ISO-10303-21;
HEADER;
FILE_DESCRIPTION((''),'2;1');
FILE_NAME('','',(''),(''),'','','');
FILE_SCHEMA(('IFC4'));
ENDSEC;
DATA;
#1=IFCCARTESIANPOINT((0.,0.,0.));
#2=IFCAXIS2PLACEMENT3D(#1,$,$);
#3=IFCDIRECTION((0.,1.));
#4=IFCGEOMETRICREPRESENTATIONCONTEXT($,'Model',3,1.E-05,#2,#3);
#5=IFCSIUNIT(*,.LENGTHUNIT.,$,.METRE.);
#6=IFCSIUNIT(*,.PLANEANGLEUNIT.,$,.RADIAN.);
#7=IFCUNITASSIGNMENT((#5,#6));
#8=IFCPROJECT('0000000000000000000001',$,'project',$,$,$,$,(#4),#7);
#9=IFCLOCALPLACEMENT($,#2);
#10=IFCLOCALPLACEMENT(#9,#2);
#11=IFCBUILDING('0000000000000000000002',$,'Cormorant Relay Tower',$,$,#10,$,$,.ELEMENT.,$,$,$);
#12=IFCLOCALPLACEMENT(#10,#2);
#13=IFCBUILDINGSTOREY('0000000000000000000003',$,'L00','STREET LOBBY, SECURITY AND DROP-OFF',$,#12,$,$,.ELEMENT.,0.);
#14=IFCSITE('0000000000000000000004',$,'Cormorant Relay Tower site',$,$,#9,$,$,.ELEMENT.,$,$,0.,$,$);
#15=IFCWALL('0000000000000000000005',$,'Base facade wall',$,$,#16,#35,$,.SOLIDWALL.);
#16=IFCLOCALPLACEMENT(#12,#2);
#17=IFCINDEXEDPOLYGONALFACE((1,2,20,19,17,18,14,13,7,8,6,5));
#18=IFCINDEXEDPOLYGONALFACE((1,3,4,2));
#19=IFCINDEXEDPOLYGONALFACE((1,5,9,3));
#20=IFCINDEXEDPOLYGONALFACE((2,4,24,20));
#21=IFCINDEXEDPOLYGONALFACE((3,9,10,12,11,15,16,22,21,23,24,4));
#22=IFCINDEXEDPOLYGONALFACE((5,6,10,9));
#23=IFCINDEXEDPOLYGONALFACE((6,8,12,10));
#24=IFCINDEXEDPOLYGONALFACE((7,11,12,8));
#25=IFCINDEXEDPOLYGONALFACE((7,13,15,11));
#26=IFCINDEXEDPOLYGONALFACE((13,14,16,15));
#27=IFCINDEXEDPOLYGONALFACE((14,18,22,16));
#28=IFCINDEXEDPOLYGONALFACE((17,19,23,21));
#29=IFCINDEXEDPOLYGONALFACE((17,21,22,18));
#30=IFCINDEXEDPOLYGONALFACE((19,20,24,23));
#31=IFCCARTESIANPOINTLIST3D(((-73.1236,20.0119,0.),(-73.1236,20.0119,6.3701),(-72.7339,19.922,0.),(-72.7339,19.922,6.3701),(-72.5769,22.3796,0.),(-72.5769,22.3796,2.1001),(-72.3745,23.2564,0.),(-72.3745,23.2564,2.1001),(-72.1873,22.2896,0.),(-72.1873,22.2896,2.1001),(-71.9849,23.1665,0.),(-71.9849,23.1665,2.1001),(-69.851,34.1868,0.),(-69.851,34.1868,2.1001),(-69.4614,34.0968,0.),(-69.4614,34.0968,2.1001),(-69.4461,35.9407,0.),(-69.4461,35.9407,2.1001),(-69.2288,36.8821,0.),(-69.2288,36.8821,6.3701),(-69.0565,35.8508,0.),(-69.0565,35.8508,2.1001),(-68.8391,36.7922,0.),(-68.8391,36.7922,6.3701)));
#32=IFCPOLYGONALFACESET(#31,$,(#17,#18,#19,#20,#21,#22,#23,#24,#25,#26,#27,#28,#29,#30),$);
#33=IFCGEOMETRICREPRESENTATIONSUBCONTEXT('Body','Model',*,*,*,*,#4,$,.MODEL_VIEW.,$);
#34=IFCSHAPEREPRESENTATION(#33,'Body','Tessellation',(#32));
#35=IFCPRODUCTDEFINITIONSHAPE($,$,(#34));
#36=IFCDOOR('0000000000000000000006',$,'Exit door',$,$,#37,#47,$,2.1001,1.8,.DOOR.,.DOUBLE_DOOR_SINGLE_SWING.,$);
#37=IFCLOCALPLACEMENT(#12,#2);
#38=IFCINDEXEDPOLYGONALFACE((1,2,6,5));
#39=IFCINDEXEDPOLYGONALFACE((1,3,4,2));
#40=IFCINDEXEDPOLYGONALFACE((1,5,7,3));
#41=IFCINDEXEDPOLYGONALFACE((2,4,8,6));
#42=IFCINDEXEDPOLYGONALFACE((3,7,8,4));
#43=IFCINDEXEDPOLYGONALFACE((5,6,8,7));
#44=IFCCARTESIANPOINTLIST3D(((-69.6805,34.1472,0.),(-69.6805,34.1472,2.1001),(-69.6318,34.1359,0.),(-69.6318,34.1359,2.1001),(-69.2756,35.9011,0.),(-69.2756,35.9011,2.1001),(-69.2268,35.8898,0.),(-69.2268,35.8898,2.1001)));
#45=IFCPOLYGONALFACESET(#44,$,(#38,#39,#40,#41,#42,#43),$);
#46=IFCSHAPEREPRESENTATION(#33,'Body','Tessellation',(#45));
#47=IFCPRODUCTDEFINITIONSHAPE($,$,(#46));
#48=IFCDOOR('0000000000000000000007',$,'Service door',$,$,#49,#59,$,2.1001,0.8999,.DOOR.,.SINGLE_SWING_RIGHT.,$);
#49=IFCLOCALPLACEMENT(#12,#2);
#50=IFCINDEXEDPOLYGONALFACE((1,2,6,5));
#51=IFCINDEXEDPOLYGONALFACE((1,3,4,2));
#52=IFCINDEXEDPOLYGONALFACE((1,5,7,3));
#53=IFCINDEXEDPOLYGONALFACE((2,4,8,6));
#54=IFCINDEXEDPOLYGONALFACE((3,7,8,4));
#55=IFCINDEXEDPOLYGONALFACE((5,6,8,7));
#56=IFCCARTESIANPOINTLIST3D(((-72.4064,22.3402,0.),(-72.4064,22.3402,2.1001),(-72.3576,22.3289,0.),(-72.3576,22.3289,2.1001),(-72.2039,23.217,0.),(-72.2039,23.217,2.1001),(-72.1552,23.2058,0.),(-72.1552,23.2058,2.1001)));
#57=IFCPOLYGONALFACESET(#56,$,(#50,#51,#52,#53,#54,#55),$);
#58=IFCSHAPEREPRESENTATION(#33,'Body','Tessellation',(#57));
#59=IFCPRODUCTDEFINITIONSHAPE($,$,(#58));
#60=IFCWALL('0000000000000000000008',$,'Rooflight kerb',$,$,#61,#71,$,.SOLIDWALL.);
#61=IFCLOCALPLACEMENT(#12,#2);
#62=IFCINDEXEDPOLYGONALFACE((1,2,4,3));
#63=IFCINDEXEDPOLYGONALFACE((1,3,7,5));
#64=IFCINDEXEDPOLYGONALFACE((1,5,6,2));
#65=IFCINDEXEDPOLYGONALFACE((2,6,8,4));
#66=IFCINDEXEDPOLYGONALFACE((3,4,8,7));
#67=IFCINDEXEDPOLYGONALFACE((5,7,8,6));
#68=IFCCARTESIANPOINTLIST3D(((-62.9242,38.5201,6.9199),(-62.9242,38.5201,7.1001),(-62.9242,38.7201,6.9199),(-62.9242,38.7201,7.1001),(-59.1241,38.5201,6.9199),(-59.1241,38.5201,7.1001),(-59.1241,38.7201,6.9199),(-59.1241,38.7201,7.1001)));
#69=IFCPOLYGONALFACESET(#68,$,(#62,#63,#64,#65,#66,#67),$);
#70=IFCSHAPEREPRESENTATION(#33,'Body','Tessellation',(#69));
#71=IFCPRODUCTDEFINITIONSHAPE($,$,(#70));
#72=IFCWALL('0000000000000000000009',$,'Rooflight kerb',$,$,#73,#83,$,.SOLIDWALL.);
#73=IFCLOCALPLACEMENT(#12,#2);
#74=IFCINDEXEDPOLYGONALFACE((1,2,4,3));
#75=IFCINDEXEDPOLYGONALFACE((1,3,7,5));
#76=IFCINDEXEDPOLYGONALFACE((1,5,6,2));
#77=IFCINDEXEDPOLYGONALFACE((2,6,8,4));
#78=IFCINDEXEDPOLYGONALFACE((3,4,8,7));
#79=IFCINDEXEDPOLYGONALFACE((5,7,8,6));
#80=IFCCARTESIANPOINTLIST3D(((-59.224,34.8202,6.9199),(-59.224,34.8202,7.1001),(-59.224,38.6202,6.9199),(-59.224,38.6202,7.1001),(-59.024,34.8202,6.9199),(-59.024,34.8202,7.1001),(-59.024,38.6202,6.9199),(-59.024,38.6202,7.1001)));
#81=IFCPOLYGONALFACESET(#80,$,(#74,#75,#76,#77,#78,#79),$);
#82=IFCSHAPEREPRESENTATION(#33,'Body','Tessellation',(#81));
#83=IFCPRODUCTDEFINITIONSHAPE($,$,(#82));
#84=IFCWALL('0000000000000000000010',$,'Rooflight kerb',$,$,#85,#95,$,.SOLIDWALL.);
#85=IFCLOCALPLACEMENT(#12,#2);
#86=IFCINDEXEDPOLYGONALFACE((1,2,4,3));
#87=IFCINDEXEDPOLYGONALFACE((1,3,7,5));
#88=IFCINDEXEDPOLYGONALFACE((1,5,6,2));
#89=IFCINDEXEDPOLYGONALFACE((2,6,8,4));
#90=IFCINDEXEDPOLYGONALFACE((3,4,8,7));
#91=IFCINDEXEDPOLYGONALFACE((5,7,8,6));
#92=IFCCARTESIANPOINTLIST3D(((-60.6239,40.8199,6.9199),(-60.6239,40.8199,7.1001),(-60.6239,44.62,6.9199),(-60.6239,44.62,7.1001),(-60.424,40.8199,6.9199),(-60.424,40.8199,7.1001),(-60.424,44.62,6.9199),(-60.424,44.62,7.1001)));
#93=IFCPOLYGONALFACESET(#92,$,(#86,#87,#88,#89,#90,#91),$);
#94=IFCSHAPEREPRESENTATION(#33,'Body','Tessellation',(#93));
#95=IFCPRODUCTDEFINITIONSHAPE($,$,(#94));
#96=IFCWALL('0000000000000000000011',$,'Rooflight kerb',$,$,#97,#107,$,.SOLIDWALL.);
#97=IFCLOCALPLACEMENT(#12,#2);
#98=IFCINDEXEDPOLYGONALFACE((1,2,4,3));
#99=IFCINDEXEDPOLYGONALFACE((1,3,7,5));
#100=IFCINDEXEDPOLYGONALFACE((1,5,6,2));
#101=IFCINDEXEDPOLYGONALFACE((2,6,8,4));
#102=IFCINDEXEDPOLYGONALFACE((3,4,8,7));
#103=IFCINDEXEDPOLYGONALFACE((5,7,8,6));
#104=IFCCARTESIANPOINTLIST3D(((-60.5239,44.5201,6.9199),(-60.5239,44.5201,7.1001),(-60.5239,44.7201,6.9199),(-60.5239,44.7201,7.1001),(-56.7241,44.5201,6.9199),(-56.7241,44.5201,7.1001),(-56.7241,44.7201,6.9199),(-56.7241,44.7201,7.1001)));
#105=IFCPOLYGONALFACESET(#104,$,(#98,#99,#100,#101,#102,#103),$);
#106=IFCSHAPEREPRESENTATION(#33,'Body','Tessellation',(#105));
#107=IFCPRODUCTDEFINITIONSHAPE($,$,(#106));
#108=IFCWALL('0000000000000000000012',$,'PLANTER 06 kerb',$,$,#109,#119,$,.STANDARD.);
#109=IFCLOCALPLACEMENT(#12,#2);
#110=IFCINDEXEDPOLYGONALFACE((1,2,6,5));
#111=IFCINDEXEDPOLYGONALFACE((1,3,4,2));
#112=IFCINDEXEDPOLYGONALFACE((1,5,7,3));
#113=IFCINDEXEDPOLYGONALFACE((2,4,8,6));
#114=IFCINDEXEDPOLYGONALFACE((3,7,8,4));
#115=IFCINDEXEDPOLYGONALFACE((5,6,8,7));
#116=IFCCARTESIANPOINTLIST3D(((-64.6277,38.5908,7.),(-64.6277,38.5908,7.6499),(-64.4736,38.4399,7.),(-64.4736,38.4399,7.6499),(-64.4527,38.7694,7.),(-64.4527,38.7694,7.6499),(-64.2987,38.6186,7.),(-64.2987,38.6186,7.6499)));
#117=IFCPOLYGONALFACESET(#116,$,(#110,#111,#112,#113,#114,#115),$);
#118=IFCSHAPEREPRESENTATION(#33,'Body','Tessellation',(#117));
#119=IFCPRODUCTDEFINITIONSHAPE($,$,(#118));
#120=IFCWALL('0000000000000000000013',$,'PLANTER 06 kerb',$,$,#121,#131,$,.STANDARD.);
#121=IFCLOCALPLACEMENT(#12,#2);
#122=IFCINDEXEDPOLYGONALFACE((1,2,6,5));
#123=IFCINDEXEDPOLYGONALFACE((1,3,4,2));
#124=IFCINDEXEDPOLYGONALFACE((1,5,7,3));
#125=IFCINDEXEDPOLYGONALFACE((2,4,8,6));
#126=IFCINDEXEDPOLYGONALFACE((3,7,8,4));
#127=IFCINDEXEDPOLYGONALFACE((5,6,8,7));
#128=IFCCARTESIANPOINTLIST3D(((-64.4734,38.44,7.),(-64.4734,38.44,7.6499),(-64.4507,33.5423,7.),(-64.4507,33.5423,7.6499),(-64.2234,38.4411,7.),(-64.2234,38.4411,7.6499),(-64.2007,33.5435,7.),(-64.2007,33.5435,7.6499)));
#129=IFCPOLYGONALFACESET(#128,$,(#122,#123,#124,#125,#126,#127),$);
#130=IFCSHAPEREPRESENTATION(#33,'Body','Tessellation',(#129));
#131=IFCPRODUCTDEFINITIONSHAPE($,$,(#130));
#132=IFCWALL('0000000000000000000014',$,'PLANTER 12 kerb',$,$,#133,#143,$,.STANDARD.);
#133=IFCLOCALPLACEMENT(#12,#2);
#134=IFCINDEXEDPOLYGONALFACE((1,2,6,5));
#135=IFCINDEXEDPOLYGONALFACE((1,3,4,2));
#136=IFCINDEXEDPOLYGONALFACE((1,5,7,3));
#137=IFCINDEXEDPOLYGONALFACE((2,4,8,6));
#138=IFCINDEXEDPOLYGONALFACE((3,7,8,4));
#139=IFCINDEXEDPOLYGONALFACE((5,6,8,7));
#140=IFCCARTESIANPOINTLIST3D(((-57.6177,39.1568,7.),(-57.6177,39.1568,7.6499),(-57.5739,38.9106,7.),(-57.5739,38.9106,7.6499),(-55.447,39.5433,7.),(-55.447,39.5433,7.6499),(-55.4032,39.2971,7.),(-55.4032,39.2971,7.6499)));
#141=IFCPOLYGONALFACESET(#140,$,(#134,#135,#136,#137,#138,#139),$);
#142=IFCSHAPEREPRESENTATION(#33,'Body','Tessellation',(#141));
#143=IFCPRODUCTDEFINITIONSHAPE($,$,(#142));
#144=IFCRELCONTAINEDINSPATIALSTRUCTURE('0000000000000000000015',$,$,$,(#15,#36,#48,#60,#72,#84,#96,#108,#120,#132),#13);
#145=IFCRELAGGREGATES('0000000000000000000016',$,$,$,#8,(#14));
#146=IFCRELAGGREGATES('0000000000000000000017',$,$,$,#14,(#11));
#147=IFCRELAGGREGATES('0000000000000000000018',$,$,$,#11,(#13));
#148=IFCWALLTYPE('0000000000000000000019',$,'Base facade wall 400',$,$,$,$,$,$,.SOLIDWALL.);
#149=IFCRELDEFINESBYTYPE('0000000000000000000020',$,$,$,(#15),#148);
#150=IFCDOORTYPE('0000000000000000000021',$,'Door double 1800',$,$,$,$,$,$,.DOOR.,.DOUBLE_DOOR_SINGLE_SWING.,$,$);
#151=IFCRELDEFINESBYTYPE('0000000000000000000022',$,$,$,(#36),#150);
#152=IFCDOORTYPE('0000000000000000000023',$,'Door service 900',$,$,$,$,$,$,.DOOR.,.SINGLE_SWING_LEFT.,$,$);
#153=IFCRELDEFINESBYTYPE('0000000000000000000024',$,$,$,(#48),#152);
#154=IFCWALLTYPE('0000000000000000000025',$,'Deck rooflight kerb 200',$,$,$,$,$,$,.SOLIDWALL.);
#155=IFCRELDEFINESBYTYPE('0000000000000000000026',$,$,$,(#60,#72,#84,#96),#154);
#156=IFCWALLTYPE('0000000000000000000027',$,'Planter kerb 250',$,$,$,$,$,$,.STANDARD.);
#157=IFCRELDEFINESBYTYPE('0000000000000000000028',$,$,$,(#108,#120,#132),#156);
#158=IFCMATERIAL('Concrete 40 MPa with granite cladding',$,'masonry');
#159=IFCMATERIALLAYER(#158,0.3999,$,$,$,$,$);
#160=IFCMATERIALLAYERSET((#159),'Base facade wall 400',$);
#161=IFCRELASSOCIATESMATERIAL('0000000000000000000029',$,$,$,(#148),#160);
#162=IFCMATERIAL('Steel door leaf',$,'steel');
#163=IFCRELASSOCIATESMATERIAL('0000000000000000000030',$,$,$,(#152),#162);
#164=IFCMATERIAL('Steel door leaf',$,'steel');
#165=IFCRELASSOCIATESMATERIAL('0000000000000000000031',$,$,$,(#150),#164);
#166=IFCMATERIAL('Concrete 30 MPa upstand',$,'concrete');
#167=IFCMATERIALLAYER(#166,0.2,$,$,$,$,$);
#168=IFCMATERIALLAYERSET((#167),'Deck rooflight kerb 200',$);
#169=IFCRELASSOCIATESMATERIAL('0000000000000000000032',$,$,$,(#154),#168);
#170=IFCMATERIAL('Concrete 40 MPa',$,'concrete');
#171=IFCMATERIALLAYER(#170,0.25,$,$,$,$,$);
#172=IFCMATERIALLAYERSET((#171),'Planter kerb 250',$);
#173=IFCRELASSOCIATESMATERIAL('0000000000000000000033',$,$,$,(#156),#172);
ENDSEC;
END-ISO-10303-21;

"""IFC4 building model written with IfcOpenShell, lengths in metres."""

from ifc_helpers import new_model, si_unit, direction, frame, frame_2d, origin, place, context, subcontext, project, spatial, rectangle, extrude, material, layer, layer_set, type_object, element, fill, save


model = new_model("IFC4")

# Units and contexts
model_context = context("Model", 3, precision=1e-05, world=origin(), true_north=direction((0.0, 1.0)))
body_context = subcontext(model_context, "Body", "Model", "MODEL_VIEW")
ifc_project = project(units=[si_unit("LENGTHUNIT", "METRE"), si_unit("PLANEANGLEUNIT", "RADIAN")], contexts=[model_context])

# Site, building, storey
site_placement = place(None, origin())
site = spatial("IfcSite", under=ifc_project, at=site_placement, Name="Cormorant Relay Tower site", CompositionType="ELEMENT", RefElevation=0.0)
building_placement = place(site_placement, origin())
building = spatial("IfcBuilding", under=site, at=building_placement, Name="Cormorant Relay Tower", CompositionType="ELEMENT")
storey_placement = place(building_placement, origin())
storey = spatial("IfcBuildingStorey", under=building, at=storey_placement, Name="L00", Description="STREET LOBBY, SECURITY AND DROP-OFF", CompositionType="ELEMENT", Elevation=0.0)

# Shared definitions
ifc_material_1 = material(Name="Concrete 40 MPa with granite cladding", Category="masonry")
ifc_layer_1 = layer(ifc_material_1, 0.3999)
ifc_layer_set_1 = layer_set([ifc_layer_1], Name="Base facade wall 400")
wall_type_1 = type_object("IfcWallType", Name="Base facade wall 400", PredefinedType="SOLIDWALL", material=ifc_layer_set_1)
ifc_material_2 = material(Name="Steel door leaf", Category="steel")
door_type_1 = type_object("IfcDoorType", Name="Door service 900", OperationType="SINGLE_SWING_LEFT", PredefinedType="DOOR", material=ifc_material_2)

# Wall, openings, doors
wall_1_placement = place(storey_placement, frame((-69.0339, 36.8372, 0.0), z_axis=(0.0, 0.0, 1.0), x_axis=(-0.224951, -0.97437, 0.0)))
wall_1 = element("IfcWall", 1, at=wall_1_placement, inside=storey, type_object=wall_type_1, Name="Base facade wall", PredefinedType="SOLIDWALL", context=body_context, shape_type="SweptSolid", body=[
    extrude(rectangle(XDim=17.314, YDim=0.3999, at=frame_2d((8.657, 0.0))), origin(), (0.0, 0.0, 1.0), 6.3701),
])
opening_1_placement = place(wall_1_placement, frame((0.9663, 0.0, 0.0)))
opening_1 = element("IfcOpeningElement", 2, at=opening_1_placement, cuts=wall_1, PredefinedType="OPENING", context=body_context, shape_type="SweptSolid", body=[
    extrude(rectangle(XDim=1.8, YDim=2.1001, at=frame_2d((0.8999, 1.05))), frame((0.0, 0.21, 0.0), z_axis=(0.0, -1.0, 0.0), x_axis=(1.0, 0.0, 0.0)), (0.0, 0.0, 1.0), 0.4199),
])
opening_2_placement = place(wall_1_placement, frame((13.9841, 0.0, 0.0)))
opening_2 = element("IfcOpeningElement", 3, at=opening_2_placement, cuts=wall_1, PredefinedType="OPENING", context=body_context, shape_type="SweptSolid", body=[
    extrude(rectangle(XDim=0.8999, YDim=2.1001, at=frame_2d((0.45, 1.05))), frame((0.0, 0.21, 0.0), z_axis=(0.0, -1.0, 0.0), x_axis=(1.0, 0.0, 0.0)), (0.0, 0.0, 1.0), 0.4199),
])
ifc_material_3 = material(Name="Steel door leaf", Category="steel")
door_type_2 = type_object("IfcDoorType", Name="Door double 1800", OperationType="DOUBLE_DOOR_SINGLE_SWING", PredefinedType="DOOR", material=ifc_material_3)
door_1_placement = place(opening_1_placement, frame((1.8, 0.0, 0.0), z_axis=(0.0, 0.0, 1.0), x_axis=(-1.0, 0.0, 0.0)))
door_1 = element("IfcDoor", 4, at=door_1_placement, inside=storey, type_object=door_type_2, Name="Exit door", OperationType="DOUBLE_DOOR_SINGLE_SWING", OverallHeight=2.1001, OverallWidth=1.8, PredefinedType="DOOR", context=body_context, shape_type="SweptSolid", body=[
    extrude(rectangle(XDim=1.8, YDim=2.1001, at=frame_2d((0.8999, 1.05))), frame((0.0, 0.0249, 0.0), z_axis=(0.0, -1.0, 0.0), x_axis=(1.0, 0.0, 0.0)), (0.0, 0.0, 1.0), 0.05),
])
fill(opening_1, door_1)
door_2_placement = place(opening_2_placement, frame((0.8999, 0.0, 0.0), z_axis=(0.0, 0.0, 1.0), x_axis=(-1.0, 0.0, 0.0)))
door_2 = element("IfcDoor", 5, at=door_2_placement, inside=storey, type_object=door_type_1, Name="Service door", OperationType="SINGLE_SWING_RIGHT", OverallHeight=2.1001, OverallWidth=0.8999, PredefinedType="DOOR", context=body_context, shape_type="SweptSolid", body=[
    extrude(rectangle(XDim=0.8999, YDim=2.1001, at=frame_2d((0.45, 1.05))), frame((0.0, 0.0249, 0.0), z_axis=(0.0, -1.0, 0.0), x_axis=(1.0, 0.0, 0.0)), (0.0, 0.0, 1.0), 0.05),
])
fill(opening_2, door_2)

# Walls
ifc_material_4 = material(Name="Concrete 30 MPa upstand", Category="concrete")
ifc_layer_2 = layer(ifc_material_4, 0.2)
ifc_layer_set_2 = layer_set([ifc_layer_2], Name="Deck rooflight kerb 200")
wall_type_2 = type_object("IfcWallType", Name="Deck rooflight kerb 200", PredefinedType="SOLIDWALL", material=ifc_layer_set_2)
for number, where, z_axis, x_axis, name in (
    (6, (-62.9241, 38.6201, 6.9199), (0.0, 0.0, 1.0), (1.0, 0.0, 0.0), "Rooflight kerb"),
    (7, (-59.124, 38.6201, 6.9199), (0.0, 0.0, 1.0), (0.0, -1.0, 0.0), "Rooflight kerb"),
    (8, (-60.5239, 40.8201, 6.9199), (0.0, 0.0, 1.0), (0.0, 1.0, 0.0), "Rooflight kerb"),
):
    element("IfcWall", number, at=place(storey_placement, frame(where, z_axis=z_axis, x_axis=x_axis)), inside=storey, type_object=wall_type_2, Name=name, PredefinedType="SOLIDWALL", context=body_context, shape_type="SweptSolid", body=[
        extrude(rectangle(XDim=3.8, YDim=0.2, at=frame_2d((1.8999, 0.0))), origin(), (0.0, 0.0, 1.0), 0.1802),
    ])
wall_2_placement = place(storey_placement, frame((-60.5239, 44.6201, 6.9199), z_axis=(0.0, 0.0, 1.0), x_axis=(1.0, 0.0, 0.0)))
element("IfcWall", 9, at=wall_2_placement, inside=storey, type_object=wall_type_2, Name="Rooflight kerb", PredefinedType="SOLIDWALL", context=body_context, shape_type="SweptSolid", body=[
    extrude(rectangle(XDim=3.7998, YDim=0.2, at=frame_2d((1.8999, 0.0))), origin(), (0.0, 0.0, 1.0), 0.1802),
])
ifc_material_5 = material(Name="Concrete 40 MPa", Category="concrete")
ifc_layer_3 = layer(ifc_material_5, 0.25)
ifc_layer_set_3 = layer_set([ifc_layer_3], Name="Planter kerb 250")
wall_type_3 = type_object("IfcWallType", Name="Planter kerb 250", PredefinedType="STANDARD", material=ifc_layer_set_3)
wall_3_placement = place(storey_placement, frame((-64.5403, 38.6802, 7.0), z_axis=(0.0, 0.0, 1.0), x_axis=(0.714428, -0.699709, 0.0)))
element("IfcWall", 10, at=wall_3_placement, inside=storey, type_object=wall_type_3, Name="PLANTER 06 kerb", PredefinedType="STANDARD", context=body_context, shape_type="SweptSolid", body=[
    extrude(rectangle(XDim=0.2156, YDim=0.25, at=frame_2d((0.1079, 0.0))), origin(), (0.0, 0.0, 1.0), 0.6499),
])
wall_4_placement = place(storey_placement, frame((-64.3484, 38.4404, 7.0), z_axis=(0.0, 0.0, 1.0), x_axis=(0.004636, -0.999989, 0.0)))
element("IfcWall", 11, at=wall_4_placement, inside=storey, type_object=wall_type_3, Name="PLANTER 06 kerb", PredefinedType="STANDARD", context=body_context, shape_type="SweptSolid", body=[
    extrude(rectangle(XDim=4.8977, YDim=0.25, at=frame_2d((2.4487, 0.0))), origin(), (0.0, 0.0, 1.0), 0.6499),
])
wall_5_placement = place(storey_placement, frame((-57.5959, 39.0337, 7.0), z_axis=(0.0, 0.0, 1.0), x_axis=(0.984517, 0.175289, 0.0)))
element("IfcWall", 12, at=wall_5_placement, inside=storey, type_object=wall_type_3, Name="PLANTER 12 kerb", PredefinedType="STANDARD", context=body_context, shape_type="SweptSolid", body=[
    extrude(rectangle(XDim=2.2048, YDim=0.25, at=frame_2d((1.1025, 0.0))), origin(), (0.0, 0.0, 1.0), 0.6499),
])

save(model, "model.ifc")
